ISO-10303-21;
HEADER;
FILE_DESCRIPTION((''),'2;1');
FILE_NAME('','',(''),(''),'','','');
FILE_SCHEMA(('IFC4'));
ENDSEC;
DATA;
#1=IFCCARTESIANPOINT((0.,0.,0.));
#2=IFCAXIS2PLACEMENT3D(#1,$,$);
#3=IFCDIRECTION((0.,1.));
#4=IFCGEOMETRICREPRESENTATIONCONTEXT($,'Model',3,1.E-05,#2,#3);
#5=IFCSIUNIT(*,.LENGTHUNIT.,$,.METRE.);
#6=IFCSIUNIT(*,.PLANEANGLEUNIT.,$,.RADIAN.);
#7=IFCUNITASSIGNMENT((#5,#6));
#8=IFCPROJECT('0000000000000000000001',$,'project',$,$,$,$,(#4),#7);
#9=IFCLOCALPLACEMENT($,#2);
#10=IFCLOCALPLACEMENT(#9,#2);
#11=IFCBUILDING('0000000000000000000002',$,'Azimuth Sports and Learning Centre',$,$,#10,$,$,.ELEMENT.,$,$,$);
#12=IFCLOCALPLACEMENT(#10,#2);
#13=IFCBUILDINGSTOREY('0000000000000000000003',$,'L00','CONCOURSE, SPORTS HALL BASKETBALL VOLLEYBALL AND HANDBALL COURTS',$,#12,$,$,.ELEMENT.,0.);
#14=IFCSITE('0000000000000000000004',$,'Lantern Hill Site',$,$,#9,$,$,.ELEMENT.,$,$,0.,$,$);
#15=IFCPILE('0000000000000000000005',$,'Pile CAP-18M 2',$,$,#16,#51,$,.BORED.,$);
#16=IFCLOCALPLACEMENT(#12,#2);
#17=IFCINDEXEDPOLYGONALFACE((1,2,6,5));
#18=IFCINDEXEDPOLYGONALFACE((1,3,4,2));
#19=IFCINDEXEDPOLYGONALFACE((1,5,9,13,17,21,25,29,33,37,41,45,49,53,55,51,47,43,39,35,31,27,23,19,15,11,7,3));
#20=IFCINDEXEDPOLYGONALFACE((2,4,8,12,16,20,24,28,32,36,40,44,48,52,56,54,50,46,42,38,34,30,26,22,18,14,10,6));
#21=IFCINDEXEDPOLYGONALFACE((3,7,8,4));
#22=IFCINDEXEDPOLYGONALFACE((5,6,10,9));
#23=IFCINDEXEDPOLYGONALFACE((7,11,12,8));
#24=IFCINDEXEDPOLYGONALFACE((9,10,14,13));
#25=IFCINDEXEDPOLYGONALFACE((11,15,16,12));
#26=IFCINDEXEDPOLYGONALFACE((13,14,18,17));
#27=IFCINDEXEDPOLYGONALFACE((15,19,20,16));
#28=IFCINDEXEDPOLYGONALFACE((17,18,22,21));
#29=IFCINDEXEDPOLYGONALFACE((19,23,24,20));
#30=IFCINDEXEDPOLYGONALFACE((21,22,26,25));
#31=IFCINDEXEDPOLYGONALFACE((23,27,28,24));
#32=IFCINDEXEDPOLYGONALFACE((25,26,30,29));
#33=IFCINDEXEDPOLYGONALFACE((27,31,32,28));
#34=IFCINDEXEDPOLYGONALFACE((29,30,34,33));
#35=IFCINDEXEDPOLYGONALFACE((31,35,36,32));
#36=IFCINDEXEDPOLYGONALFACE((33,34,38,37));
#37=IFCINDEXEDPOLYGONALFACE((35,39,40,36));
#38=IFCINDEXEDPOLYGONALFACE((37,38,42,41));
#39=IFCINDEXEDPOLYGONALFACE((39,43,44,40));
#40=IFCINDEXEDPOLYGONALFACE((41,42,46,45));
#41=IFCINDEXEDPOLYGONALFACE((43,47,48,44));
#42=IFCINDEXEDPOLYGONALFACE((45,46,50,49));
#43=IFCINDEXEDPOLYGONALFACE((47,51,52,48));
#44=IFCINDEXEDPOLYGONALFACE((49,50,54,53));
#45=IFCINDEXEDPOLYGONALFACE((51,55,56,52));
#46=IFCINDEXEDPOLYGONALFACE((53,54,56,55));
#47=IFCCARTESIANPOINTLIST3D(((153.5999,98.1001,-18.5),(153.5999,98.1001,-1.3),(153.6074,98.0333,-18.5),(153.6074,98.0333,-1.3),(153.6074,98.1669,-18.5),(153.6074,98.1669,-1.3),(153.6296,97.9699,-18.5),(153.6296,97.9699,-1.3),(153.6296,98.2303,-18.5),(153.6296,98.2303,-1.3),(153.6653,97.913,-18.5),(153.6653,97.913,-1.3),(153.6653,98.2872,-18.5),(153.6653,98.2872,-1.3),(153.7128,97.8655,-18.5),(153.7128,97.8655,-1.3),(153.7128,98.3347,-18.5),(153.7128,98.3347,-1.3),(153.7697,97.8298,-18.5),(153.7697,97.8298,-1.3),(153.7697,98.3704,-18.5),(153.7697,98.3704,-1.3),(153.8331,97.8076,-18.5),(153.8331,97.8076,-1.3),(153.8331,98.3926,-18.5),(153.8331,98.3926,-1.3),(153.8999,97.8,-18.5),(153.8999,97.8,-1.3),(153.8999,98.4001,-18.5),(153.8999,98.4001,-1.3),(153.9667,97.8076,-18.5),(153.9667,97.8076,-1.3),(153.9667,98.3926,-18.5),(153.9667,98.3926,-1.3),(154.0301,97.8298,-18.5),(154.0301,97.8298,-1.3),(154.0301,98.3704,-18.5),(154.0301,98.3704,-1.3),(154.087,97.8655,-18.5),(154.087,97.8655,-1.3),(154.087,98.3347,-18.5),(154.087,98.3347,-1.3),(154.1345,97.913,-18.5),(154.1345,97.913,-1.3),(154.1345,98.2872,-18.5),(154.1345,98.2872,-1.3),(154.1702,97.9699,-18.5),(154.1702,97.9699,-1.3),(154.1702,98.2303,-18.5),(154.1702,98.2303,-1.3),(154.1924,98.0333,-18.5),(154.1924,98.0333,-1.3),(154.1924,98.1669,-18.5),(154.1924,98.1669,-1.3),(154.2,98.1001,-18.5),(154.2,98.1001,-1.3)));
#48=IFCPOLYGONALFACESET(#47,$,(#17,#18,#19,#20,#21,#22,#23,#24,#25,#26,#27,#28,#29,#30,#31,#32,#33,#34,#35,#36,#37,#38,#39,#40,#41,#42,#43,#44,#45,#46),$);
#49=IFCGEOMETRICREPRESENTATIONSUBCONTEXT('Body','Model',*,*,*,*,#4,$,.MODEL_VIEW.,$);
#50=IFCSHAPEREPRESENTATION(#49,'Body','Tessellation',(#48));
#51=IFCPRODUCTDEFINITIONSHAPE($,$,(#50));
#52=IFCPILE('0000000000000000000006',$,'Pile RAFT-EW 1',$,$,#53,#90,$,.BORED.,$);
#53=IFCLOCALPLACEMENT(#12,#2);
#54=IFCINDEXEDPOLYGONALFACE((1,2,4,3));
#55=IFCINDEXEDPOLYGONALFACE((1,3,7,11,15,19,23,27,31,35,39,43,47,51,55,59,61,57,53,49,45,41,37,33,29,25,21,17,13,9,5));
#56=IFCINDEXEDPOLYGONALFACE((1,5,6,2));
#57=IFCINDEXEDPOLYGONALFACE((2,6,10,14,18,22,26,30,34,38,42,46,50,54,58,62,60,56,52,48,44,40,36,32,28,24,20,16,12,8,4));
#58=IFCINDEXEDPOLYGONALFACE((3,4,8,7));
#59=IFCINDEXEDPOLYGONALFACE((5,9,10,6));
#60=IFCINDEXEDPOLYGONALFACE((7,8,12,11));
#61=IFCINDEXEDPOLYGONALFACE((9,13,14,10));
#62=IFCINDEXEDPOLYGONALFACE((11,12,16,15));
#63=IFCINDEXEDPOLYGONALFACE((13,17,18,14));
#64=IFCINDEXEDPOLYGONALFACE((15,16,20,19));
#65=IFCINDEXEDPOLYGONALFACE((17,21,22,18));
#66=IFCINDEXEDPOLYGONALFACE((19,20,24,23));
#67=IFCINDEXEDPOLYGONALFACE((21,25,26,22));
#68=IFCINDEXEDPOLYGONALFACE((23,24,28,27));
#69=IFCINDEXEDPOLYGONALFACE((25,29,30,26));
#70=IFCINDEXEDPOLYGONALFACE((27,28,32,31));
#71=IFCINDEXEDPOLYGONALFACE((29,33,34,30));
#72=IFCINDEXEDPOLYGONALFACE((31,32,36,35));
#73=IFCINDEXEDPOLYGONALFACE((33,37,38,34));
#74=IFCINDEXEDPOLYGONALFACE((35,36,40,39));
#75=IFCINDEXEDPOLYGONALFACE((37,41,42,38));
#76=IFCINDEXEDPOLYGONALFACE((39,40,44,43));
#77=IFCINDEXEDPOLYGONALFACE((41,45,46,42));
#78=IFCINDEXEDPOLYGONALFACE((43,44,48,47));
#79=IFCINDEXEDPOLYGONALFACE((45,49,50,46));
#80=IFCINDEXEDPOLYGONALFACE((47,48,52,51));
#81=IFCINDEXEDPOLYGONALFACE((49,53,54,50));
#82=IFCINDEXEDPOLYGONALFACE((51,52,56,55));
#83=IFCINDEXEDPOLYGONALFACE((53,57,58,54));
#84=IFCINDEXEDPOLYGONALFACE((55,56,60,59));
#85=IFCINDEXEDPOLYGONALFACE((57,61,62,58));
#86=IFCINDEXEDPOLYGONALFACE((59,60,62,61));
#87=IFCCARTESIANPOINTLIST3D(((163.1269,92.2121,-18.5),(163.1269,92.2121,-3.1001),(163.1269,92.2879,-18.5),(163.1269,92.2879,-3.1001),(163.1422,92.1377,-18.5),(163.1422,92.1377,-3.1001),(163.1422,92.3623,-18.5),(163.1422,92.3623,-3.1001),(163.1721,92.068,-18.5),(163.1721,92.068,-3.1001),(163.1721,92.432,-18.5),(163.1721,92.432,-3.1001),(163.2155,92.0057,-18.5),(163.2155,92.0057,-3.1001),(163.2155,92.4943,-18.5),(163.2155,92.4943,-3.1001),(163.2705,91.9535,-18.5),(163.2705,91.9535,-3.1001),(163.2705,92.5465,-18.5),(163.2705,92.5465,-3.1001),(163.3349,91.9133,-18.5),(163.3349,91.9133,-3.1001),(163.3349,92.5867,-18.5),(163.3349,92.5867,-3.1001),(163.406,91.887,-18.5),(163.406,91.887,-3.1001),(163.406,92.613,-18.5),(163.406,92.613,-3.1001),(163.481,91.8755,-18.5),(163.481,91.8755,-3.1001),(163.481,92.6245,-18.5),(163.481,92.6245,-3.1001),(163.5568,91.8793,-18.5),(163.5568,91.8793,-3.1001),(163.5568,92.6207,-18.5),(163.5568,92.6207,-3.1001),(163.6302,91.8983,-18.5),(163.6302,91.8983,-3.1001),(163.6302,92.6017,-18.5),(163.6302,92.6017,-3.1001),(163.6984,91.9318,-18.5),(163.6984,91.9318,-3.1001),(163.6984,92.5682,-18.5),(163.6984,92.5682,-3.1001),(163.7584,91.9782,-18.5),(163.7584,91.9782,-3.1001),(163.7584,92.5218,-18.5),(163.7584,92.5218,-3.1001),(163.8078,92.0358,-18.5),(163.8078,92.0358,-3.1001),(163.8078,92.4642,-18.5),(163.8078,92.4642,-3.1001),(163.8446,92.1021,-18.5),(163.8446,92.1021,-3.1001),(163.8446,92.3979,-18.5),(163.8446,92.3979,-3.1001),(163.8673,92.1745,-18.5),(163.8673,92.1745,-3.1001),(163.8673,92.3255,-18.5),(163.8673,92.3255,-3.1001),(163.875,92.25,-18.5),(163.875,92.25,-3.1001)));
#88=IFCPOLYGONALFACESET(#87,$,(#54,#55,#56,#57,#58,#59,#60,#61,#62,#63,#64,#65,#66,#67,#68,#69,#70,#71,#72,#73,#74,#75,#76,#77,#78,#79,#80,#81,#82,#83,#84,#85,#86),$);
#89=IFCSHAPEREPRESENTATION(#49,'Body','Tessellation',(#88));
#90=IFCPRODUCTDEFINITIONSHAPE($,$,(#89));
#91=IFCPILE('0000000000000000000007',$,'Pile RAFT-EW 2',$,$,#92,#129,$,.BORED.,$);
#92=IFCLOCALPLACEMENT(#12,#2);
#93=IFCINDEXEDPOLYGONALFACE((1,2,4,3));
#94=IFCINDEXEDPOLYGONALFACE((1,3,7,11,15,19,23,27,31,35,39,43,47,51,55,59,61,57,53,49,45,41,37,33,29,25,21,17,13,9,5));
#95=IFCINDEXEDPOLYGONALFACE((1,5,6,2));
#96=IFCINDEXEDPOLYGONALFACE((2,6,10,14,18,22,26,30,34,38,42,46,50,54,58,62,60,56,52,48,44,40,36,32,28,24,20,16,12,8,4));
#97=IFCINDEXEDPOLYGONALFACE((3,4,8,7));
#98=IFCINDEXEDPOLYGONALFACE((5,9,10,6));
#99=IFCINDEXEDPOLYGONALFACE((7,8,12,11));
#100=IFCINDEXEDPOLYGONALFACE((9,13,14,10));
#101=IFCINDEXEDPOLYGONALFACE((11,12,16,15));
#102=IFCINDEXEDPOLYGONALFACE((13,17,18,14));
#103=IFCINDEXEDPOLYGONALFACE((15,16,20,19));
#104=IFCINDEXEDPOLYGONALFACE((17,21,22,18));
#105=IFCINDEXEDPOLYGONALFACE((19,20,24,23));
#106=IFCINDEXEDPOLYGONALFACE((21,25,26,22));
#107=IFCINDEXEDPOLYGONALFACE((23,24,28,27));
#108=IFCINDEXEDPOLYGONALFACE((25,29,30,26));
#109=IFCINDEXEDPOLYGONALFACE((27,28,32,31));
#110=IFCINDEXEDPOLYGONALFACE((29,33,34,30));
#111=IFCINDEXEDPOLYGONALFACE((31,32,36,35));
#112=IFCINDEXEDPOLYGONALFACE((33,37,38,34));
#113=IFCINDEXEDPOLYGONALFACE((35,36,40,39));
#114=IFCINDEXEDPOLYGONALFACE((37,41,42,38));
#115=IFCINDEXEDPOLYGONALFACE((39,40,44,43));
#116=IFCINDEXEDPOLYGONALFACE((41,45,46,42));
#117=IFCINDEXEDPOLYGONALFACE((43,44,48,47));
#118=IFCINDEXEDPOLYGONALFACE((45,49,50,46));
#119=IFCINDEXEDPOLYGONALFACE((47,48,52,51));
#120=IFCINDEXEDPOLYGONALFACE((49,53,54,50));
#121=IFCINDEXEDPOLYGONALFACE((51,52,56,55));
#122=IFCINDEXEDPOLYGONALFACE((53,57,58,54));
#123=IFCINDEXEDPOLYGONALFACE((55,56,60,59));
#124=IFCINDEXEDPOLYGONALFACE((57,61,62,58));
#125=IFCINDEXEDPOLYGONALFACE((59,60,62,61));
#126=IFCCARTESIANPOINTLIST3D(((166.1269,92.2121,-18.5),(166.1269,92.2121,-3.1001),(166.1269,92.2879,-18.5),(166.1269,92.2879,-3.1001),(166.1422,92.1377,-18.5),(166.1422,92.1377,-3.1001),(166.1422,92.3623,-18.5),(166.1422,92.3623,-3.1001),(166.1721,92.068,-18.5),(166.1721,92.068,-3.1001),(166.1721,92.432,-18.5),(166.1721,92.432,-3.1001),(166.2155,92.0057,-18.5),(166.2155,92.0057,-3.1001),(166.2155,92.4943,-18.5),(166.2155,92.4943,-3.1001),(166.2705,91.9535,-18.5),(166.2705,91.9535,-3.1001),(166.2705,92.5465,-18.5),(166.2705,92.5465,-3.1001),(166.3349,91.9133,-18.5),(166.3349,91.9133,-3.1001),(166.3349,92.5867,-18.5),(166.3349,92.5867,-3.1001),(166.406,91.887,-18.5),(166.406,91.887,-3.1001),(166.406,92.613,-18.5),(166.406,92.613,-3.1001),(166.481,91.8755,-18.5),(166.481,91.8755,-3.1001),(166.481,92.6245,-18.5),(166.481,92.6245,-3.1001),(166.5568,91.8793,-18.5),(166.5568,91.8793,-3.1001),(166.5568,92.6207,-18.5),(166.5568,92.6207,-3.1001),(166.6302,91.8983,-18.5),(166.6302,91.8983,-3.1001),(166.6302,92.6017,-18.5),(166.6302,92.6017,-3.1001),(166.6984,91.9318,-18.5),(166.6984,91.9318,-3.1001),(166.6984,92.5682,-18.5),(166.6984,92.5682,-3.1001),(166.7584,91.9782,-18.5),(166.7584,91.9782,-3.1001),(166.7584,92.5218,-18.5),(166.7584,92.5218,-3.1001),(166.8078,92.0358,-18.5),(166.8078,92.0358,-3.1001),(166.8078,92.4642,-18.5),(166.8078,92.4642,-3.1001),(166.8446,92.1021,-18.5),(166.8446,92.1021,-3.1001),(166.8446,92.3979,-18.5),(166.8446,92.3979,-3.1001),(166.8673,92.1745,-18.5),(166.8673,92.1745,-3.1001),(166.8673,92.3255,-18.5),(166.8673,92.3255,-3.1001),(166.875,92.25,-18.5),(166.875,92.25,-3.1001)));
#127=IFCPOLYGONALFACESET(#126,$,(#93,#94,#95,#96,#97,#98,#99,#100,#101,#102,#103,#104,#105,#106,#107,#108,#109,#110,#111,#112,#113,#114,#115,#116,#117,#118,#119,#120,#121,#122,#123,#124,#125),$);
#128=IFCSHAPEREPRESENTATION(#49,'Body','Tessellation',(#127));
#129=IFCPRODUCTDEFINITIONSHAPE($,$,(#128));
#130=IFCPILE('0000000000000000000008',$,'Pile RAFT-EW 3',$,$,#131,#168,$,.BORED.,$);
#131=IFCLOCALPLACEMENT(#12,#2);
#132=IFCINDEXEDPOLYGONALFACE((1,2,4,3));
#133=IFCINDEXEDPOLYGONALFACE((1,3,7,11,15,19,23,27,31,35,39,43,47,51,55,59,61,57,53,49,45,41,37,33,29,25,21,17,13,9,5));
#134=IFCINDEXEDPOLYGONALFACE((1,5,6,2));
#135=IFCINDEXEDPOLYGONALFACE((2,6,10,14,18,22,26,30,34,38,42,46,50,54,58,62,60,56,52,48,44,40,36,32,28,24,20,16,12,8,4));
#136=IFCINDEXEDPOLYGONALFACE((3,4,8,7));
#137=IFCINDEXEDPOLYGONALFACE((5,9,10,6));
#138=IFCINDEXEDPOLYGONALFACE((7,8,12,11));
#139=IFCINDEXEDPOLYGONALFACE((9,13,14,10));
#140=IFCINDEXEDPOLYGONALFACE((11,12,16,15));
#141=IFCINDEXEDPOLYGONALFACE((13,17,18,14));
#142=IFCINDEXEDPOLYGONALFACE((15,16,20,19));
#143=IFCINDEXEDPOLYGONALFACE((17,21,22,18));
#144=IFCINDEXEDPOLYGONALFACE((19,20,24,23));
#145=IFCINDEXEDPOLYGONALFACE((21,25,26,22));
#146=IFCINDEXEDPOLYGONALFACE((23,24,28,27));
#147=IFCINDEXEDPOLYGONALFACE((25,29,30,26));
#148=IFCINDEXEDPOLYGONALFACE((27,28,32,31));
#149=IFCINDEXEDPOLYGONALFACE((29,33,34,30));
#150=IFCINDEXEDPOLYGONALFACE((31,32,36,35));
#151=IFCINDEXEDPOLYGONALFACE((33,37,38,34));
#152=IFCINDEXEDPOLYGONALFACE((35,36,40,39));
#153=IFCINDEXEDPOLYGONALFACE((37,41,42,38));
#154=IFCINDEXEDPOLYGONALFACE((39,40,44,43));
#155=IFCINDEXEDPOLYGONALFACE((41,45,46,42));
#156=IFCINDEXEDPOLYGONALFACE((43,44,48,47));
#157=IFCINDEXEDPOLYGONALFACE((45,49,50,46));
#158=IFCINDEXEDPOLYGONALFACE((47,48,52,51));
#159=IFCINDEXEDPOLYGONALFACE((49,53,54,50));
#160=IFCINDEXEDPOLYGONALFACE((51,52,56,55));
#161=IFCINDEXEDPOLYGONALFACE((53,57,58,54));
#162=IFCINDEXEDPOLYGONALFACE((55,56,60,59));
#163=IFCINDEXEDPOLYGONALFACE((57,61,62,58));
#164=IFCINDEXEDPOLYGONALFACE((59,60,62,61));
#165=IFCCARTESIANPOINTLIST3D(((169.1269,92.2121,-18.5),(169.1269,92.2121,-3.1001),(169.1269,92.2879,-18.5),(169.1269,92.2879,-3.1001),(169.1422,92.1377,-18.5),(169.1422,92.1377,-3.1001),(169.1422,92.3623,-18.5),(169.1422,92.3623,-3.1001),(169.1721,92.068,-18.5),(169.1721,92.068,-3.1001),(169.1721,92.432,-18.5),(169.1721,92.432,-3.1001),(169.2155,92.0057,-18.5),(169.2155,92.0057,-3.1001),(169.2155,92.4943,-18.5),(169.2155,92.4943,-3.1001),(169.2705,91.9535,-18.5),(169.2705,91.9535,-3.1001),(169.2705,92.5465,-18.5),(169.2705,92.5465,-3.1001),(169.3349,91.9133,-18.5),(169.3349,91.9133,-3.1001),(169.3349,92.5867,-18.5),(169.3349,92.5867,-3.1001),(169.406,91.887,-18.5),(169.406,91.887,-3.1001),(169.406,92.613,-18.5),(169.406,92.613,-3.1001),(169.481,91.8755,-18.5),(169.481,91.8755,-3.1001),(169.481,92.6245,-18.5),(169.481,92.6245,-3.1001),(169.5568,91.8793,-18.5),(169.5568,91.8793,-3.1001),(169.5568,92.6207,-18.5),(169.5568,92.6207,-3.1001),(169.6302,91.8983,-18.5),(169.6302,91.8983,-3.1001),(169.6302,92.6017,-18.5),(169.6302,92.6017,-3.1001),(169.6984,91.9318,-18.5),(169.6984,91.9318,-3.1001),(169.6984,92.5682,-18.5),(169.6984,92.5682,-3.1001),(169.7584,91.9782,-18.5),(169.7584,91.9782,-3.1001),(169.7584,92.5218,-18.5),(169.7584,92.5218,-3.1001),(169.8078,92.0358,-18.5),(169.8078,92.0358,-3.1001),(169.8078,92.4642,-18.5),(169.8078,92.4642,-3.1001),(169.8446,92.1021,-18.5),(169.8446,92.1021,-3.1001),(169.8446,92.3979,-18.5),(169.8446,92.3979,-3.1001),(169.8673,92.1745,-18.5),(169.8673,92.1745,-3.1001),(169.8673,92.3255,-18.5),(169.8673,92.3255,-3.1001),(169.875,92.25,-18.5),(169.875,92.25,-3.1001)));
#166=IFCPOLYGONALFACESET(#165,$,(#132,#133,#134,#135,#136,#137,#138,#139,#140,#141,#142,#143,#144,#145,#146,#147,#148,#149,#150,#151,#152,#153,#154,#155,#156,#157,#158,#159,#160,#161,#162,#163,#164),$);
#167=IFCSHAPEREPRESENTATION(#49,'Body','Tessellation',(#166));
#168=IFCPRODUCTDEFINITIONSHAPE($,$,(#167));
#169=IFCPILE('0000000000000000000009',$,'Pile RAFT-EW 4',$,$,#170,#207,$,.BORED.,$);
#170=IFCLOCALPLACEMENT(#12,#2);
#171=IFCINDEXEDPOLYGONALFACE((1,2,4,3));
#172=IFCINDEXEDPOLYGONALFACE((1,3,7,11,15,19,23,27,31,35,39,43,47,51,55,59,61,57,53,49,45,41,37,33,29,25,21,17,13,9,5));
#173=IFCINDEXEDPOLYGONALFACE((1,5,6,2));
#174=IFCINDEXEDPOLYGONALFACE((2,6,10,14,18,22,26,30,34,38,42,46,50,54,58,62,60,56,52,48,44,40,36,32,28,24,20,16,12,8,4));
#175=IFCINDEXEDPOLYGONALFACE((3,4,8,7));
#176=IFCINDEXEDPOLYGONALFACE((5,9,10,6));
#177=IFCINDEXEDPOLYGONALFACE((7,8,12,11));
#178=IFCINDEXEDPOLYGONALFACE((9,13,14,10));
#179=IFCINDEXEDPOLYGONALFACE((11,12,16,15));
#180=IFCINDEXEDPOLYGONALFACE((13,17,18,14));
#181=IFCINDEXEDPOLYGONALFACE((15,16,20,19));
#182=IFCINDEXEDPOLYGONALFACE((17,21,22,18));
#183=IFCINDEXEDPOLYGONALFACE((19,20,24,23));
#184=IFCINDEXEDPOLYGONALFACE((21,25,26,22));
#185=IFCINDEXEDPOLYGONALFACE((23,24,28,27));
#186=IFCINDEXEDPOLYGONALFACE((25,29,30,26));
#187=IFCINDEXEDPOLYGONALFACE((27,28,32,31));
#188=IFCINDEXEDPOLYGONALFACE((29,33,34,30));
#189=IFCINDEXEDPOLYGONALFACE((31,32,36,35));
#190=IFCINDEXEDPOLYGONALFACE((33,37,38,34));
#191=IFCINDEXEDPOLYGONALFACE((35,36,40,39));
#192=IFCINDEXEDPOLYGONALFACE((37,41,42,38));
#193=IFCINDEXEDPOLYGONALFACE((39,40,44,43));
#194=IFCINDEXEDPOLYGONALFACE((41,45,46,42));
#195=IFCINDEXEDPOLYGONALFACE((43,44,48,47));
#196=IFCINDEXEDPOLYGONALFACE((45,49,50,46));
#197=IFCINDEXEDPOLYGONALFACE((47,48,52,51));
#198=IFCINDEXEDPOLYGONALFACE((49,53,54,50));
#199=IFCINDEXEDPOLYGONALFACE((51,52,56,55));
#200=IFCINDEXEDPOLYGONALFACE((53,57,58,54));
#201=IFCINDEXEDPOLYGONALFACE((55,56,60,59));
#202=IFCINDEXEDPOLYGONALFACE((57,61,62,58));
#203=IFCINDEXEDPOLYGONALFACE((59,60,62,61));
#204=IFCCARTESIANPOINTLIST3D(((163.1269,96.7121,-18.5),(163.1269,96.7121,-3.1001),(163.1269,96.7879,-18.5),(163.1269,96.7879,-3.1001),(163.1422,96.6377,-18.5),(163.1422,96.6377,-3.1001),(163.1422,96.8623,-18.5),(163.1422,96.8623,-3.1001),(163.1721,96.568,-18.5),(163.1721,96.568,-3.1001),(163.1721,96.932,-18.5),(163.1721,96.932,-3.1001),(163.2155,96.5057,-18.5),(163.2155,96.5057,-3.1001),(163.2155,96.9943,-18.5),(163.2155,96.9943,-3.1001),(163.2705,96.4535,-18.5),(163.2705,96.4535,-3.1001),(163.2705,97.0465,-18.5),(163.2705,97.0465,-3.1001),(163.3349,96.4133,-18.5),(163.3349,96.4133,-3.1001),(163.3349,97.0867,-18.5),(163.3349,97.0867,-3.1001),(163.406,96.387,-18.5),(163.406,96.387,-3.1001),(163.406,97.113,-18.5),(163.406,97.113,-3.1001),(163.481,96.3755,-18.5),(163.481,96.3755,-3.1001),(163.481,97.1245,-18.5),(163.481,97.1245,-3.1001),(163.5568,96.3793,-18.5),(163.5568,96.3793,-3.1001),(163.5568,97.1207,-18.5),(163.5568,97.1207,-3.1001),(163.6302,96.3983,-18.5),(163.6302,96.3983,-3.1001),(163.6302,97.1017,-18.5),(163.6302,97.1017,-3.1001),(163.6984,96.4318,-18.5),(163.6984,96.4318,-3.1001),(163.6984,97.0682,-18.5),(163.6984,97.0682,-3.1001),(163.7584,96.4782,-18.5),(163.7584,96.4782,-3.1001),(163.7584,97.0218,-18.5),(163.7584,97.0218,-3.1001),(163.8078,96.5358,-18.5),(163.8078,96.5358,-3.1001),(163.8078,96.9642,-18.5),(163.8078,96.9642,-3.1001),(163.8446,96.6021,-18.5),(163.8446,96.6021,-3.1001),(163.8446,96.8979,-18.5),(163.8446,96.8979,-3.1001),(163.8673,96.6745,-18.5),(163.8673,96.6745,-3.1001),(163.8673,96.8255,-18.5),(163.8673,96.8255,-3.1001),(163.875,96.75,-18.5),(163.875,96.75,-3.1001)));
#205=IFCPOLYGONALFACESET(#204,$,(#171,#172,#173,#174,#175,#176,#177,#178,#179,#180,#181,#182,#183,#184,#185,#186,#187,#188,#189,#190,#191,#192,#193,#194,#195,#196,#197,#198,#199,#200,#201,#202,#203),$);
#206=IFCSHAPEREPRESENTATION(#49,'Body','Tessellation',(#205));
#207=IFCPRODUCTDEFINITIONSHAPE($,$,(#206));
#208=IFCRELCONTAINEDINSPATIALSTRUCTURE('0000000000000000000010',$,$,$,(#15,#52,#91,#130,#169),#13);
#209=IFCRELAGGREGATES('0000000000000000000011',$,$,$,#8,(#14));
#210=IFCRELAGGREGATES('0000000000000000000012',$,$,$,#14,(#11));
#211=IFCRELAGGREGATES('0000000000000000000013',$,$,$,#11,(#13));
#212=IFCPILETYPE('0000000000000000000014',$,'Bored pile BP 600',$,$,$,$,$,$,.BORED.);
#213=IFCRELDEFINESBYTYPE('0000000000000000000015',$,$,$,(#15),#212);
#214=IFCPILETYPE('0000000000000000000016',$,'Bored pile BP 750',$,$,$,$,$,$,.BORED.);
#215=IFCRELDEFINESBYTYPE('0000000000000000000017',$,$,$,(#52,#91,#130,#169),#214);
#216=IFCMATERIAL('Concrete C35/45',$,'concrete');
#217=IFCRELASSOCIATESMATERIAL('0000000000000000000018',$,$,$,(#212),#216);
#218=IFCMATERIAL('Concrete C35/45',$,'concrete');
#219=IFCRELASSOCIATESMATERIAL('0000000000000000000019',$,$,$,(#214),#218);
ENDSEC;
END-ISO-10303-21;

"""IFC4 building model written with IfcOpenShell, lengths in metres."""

from ifc_helpers import new_model, si_unit, direction, frame, origin, origin_2d, place, context, subcontext, project, spatial, circle, extrude, material, material_profile, profile_set, type_object, element, save


model = new_model("IFC4")

# Units and contexts
model_context = context("Model", 3, precision=1e-05, world=origin(), true_north=direction((0.0, 1.0)))
body_context = subcontext(model_context, "Body", "Model", "MODEL_VIEW")
ifc_project = project(units=[si_unit("LENGTHUNIT", "METRE"), si_unit("PLANEANGLEUNIT", "RADIAN")], contexts=[model_context])

# Site, building, storey
site_placement = place(None, origin())
site = spatial("IfcSite", under=ifc_project, at=site_placement, Name="Lantern Hill Site", CompositionType="ELEMENT", RefElevation=0.0)
building_placement = place(site_placement, origin())
building = spatial("IfcBuilding", under=site, at=building_placement, Name="Azimuth Sports and Learning Centre", CompositionType="ELEMENT")
storey_placement = place(building_placement, origin())
storey = spatial("IfcBuildingStorey", under=building, at=storey_placement, Name="L00", Description="CONCOURSE, SPORTS HALL BASKETBALL VOLLEYBALL AND HANDBALL COURTS", CompositionType="ELEMENT", Elevation=0.0)

# Piles
ifc_material_1 = material(Name="Concrete C35/45", Category="concrete")
ifc_material_profile_1 = material_profile(ifc_material_1, circle(Radius=0.3, at=origin_2d()), Name="BP 600")
ifc_profile_set_1 = profile_set([ifc_material_profile_1], Name="Concrete C35/45")
pile_type_1 = type_object("IfcPileType", Name="Bored pile BP 600", PredefinedType="BORED", material=ifc_profile_set_1)
pile_placement = place(storey_placement, frame((153.8999, 98.1001, -1.3), z_axis=(0.0, 0.0, -1.0), x_axis=(1.0, 0.0, 0.0)))
element("IfcPile", 1, at=pile_placement, inside=storey, type_object=pile_type_1, Name="Pile CAP-18M 2", PredefinedType="BORED", context=body_context, shape_type="SweptSolid", body=[
    extrude(circle(Radius=0.3, at=origin_2d()), origin(), (0.0, 0.0, 1.0), 17.2),
])
ifc_material_2 = material(Name="Concrete C35/45", Category="concrete")
ifc_material_profile_2 = material_profile(ifc_material_2, circle(Radius=0.375, at=origin_2d()), Name="BP 750")
ifc_profile_set_2 = profile_set([ifc_material_profile_2], Name="Concrete C35/45")
pile_type_2 = type_object("IfcPileType", Name="Bored pile BP 750", PredefinedType="BORED", material=ifc_profile_set_2)
for number, where, z_axis, x_axis, name in (
    (2, (163.5, 92.25, -3.1001), (0.0, 0.0, -1.0), (1.0, 0.0, 0.0), "Pile RAFT-EW 1"),
    (3, (166.5, 92.25, -3.1001), (0.0, 0.0, -1.0), (1.0, 0.0, 0.0), "Pile RAFT-EW 2"),
    (4, (169.5, 92.25, -3.1001), (0.0, 0.0, -1.0), (1.0, 0.0, 0.0), "Pile RAFT-EW 3"),
    (5, (163.5, 96.75, -3.1001), (0.0, 0.0, -1.0), (1.0, 0.0, 0.0), "Pile RAFT-EW 4"),
):
    element("IfcPile", number, at=place(storey_placement, frame(where, z_axis=z_axis, x_axis=x_axis)), inside=storey, type_object=pile_type_2, Name=name, PredefinedType="BORED", context=body_context, shape_type="SweptSolid", body=[
        extrude(circle(Radius=0.375, at=origin_2d()), origin(), (0.0, 0.0, 1.0), 15.3999),
    ])

save(model, "model.ifc")
